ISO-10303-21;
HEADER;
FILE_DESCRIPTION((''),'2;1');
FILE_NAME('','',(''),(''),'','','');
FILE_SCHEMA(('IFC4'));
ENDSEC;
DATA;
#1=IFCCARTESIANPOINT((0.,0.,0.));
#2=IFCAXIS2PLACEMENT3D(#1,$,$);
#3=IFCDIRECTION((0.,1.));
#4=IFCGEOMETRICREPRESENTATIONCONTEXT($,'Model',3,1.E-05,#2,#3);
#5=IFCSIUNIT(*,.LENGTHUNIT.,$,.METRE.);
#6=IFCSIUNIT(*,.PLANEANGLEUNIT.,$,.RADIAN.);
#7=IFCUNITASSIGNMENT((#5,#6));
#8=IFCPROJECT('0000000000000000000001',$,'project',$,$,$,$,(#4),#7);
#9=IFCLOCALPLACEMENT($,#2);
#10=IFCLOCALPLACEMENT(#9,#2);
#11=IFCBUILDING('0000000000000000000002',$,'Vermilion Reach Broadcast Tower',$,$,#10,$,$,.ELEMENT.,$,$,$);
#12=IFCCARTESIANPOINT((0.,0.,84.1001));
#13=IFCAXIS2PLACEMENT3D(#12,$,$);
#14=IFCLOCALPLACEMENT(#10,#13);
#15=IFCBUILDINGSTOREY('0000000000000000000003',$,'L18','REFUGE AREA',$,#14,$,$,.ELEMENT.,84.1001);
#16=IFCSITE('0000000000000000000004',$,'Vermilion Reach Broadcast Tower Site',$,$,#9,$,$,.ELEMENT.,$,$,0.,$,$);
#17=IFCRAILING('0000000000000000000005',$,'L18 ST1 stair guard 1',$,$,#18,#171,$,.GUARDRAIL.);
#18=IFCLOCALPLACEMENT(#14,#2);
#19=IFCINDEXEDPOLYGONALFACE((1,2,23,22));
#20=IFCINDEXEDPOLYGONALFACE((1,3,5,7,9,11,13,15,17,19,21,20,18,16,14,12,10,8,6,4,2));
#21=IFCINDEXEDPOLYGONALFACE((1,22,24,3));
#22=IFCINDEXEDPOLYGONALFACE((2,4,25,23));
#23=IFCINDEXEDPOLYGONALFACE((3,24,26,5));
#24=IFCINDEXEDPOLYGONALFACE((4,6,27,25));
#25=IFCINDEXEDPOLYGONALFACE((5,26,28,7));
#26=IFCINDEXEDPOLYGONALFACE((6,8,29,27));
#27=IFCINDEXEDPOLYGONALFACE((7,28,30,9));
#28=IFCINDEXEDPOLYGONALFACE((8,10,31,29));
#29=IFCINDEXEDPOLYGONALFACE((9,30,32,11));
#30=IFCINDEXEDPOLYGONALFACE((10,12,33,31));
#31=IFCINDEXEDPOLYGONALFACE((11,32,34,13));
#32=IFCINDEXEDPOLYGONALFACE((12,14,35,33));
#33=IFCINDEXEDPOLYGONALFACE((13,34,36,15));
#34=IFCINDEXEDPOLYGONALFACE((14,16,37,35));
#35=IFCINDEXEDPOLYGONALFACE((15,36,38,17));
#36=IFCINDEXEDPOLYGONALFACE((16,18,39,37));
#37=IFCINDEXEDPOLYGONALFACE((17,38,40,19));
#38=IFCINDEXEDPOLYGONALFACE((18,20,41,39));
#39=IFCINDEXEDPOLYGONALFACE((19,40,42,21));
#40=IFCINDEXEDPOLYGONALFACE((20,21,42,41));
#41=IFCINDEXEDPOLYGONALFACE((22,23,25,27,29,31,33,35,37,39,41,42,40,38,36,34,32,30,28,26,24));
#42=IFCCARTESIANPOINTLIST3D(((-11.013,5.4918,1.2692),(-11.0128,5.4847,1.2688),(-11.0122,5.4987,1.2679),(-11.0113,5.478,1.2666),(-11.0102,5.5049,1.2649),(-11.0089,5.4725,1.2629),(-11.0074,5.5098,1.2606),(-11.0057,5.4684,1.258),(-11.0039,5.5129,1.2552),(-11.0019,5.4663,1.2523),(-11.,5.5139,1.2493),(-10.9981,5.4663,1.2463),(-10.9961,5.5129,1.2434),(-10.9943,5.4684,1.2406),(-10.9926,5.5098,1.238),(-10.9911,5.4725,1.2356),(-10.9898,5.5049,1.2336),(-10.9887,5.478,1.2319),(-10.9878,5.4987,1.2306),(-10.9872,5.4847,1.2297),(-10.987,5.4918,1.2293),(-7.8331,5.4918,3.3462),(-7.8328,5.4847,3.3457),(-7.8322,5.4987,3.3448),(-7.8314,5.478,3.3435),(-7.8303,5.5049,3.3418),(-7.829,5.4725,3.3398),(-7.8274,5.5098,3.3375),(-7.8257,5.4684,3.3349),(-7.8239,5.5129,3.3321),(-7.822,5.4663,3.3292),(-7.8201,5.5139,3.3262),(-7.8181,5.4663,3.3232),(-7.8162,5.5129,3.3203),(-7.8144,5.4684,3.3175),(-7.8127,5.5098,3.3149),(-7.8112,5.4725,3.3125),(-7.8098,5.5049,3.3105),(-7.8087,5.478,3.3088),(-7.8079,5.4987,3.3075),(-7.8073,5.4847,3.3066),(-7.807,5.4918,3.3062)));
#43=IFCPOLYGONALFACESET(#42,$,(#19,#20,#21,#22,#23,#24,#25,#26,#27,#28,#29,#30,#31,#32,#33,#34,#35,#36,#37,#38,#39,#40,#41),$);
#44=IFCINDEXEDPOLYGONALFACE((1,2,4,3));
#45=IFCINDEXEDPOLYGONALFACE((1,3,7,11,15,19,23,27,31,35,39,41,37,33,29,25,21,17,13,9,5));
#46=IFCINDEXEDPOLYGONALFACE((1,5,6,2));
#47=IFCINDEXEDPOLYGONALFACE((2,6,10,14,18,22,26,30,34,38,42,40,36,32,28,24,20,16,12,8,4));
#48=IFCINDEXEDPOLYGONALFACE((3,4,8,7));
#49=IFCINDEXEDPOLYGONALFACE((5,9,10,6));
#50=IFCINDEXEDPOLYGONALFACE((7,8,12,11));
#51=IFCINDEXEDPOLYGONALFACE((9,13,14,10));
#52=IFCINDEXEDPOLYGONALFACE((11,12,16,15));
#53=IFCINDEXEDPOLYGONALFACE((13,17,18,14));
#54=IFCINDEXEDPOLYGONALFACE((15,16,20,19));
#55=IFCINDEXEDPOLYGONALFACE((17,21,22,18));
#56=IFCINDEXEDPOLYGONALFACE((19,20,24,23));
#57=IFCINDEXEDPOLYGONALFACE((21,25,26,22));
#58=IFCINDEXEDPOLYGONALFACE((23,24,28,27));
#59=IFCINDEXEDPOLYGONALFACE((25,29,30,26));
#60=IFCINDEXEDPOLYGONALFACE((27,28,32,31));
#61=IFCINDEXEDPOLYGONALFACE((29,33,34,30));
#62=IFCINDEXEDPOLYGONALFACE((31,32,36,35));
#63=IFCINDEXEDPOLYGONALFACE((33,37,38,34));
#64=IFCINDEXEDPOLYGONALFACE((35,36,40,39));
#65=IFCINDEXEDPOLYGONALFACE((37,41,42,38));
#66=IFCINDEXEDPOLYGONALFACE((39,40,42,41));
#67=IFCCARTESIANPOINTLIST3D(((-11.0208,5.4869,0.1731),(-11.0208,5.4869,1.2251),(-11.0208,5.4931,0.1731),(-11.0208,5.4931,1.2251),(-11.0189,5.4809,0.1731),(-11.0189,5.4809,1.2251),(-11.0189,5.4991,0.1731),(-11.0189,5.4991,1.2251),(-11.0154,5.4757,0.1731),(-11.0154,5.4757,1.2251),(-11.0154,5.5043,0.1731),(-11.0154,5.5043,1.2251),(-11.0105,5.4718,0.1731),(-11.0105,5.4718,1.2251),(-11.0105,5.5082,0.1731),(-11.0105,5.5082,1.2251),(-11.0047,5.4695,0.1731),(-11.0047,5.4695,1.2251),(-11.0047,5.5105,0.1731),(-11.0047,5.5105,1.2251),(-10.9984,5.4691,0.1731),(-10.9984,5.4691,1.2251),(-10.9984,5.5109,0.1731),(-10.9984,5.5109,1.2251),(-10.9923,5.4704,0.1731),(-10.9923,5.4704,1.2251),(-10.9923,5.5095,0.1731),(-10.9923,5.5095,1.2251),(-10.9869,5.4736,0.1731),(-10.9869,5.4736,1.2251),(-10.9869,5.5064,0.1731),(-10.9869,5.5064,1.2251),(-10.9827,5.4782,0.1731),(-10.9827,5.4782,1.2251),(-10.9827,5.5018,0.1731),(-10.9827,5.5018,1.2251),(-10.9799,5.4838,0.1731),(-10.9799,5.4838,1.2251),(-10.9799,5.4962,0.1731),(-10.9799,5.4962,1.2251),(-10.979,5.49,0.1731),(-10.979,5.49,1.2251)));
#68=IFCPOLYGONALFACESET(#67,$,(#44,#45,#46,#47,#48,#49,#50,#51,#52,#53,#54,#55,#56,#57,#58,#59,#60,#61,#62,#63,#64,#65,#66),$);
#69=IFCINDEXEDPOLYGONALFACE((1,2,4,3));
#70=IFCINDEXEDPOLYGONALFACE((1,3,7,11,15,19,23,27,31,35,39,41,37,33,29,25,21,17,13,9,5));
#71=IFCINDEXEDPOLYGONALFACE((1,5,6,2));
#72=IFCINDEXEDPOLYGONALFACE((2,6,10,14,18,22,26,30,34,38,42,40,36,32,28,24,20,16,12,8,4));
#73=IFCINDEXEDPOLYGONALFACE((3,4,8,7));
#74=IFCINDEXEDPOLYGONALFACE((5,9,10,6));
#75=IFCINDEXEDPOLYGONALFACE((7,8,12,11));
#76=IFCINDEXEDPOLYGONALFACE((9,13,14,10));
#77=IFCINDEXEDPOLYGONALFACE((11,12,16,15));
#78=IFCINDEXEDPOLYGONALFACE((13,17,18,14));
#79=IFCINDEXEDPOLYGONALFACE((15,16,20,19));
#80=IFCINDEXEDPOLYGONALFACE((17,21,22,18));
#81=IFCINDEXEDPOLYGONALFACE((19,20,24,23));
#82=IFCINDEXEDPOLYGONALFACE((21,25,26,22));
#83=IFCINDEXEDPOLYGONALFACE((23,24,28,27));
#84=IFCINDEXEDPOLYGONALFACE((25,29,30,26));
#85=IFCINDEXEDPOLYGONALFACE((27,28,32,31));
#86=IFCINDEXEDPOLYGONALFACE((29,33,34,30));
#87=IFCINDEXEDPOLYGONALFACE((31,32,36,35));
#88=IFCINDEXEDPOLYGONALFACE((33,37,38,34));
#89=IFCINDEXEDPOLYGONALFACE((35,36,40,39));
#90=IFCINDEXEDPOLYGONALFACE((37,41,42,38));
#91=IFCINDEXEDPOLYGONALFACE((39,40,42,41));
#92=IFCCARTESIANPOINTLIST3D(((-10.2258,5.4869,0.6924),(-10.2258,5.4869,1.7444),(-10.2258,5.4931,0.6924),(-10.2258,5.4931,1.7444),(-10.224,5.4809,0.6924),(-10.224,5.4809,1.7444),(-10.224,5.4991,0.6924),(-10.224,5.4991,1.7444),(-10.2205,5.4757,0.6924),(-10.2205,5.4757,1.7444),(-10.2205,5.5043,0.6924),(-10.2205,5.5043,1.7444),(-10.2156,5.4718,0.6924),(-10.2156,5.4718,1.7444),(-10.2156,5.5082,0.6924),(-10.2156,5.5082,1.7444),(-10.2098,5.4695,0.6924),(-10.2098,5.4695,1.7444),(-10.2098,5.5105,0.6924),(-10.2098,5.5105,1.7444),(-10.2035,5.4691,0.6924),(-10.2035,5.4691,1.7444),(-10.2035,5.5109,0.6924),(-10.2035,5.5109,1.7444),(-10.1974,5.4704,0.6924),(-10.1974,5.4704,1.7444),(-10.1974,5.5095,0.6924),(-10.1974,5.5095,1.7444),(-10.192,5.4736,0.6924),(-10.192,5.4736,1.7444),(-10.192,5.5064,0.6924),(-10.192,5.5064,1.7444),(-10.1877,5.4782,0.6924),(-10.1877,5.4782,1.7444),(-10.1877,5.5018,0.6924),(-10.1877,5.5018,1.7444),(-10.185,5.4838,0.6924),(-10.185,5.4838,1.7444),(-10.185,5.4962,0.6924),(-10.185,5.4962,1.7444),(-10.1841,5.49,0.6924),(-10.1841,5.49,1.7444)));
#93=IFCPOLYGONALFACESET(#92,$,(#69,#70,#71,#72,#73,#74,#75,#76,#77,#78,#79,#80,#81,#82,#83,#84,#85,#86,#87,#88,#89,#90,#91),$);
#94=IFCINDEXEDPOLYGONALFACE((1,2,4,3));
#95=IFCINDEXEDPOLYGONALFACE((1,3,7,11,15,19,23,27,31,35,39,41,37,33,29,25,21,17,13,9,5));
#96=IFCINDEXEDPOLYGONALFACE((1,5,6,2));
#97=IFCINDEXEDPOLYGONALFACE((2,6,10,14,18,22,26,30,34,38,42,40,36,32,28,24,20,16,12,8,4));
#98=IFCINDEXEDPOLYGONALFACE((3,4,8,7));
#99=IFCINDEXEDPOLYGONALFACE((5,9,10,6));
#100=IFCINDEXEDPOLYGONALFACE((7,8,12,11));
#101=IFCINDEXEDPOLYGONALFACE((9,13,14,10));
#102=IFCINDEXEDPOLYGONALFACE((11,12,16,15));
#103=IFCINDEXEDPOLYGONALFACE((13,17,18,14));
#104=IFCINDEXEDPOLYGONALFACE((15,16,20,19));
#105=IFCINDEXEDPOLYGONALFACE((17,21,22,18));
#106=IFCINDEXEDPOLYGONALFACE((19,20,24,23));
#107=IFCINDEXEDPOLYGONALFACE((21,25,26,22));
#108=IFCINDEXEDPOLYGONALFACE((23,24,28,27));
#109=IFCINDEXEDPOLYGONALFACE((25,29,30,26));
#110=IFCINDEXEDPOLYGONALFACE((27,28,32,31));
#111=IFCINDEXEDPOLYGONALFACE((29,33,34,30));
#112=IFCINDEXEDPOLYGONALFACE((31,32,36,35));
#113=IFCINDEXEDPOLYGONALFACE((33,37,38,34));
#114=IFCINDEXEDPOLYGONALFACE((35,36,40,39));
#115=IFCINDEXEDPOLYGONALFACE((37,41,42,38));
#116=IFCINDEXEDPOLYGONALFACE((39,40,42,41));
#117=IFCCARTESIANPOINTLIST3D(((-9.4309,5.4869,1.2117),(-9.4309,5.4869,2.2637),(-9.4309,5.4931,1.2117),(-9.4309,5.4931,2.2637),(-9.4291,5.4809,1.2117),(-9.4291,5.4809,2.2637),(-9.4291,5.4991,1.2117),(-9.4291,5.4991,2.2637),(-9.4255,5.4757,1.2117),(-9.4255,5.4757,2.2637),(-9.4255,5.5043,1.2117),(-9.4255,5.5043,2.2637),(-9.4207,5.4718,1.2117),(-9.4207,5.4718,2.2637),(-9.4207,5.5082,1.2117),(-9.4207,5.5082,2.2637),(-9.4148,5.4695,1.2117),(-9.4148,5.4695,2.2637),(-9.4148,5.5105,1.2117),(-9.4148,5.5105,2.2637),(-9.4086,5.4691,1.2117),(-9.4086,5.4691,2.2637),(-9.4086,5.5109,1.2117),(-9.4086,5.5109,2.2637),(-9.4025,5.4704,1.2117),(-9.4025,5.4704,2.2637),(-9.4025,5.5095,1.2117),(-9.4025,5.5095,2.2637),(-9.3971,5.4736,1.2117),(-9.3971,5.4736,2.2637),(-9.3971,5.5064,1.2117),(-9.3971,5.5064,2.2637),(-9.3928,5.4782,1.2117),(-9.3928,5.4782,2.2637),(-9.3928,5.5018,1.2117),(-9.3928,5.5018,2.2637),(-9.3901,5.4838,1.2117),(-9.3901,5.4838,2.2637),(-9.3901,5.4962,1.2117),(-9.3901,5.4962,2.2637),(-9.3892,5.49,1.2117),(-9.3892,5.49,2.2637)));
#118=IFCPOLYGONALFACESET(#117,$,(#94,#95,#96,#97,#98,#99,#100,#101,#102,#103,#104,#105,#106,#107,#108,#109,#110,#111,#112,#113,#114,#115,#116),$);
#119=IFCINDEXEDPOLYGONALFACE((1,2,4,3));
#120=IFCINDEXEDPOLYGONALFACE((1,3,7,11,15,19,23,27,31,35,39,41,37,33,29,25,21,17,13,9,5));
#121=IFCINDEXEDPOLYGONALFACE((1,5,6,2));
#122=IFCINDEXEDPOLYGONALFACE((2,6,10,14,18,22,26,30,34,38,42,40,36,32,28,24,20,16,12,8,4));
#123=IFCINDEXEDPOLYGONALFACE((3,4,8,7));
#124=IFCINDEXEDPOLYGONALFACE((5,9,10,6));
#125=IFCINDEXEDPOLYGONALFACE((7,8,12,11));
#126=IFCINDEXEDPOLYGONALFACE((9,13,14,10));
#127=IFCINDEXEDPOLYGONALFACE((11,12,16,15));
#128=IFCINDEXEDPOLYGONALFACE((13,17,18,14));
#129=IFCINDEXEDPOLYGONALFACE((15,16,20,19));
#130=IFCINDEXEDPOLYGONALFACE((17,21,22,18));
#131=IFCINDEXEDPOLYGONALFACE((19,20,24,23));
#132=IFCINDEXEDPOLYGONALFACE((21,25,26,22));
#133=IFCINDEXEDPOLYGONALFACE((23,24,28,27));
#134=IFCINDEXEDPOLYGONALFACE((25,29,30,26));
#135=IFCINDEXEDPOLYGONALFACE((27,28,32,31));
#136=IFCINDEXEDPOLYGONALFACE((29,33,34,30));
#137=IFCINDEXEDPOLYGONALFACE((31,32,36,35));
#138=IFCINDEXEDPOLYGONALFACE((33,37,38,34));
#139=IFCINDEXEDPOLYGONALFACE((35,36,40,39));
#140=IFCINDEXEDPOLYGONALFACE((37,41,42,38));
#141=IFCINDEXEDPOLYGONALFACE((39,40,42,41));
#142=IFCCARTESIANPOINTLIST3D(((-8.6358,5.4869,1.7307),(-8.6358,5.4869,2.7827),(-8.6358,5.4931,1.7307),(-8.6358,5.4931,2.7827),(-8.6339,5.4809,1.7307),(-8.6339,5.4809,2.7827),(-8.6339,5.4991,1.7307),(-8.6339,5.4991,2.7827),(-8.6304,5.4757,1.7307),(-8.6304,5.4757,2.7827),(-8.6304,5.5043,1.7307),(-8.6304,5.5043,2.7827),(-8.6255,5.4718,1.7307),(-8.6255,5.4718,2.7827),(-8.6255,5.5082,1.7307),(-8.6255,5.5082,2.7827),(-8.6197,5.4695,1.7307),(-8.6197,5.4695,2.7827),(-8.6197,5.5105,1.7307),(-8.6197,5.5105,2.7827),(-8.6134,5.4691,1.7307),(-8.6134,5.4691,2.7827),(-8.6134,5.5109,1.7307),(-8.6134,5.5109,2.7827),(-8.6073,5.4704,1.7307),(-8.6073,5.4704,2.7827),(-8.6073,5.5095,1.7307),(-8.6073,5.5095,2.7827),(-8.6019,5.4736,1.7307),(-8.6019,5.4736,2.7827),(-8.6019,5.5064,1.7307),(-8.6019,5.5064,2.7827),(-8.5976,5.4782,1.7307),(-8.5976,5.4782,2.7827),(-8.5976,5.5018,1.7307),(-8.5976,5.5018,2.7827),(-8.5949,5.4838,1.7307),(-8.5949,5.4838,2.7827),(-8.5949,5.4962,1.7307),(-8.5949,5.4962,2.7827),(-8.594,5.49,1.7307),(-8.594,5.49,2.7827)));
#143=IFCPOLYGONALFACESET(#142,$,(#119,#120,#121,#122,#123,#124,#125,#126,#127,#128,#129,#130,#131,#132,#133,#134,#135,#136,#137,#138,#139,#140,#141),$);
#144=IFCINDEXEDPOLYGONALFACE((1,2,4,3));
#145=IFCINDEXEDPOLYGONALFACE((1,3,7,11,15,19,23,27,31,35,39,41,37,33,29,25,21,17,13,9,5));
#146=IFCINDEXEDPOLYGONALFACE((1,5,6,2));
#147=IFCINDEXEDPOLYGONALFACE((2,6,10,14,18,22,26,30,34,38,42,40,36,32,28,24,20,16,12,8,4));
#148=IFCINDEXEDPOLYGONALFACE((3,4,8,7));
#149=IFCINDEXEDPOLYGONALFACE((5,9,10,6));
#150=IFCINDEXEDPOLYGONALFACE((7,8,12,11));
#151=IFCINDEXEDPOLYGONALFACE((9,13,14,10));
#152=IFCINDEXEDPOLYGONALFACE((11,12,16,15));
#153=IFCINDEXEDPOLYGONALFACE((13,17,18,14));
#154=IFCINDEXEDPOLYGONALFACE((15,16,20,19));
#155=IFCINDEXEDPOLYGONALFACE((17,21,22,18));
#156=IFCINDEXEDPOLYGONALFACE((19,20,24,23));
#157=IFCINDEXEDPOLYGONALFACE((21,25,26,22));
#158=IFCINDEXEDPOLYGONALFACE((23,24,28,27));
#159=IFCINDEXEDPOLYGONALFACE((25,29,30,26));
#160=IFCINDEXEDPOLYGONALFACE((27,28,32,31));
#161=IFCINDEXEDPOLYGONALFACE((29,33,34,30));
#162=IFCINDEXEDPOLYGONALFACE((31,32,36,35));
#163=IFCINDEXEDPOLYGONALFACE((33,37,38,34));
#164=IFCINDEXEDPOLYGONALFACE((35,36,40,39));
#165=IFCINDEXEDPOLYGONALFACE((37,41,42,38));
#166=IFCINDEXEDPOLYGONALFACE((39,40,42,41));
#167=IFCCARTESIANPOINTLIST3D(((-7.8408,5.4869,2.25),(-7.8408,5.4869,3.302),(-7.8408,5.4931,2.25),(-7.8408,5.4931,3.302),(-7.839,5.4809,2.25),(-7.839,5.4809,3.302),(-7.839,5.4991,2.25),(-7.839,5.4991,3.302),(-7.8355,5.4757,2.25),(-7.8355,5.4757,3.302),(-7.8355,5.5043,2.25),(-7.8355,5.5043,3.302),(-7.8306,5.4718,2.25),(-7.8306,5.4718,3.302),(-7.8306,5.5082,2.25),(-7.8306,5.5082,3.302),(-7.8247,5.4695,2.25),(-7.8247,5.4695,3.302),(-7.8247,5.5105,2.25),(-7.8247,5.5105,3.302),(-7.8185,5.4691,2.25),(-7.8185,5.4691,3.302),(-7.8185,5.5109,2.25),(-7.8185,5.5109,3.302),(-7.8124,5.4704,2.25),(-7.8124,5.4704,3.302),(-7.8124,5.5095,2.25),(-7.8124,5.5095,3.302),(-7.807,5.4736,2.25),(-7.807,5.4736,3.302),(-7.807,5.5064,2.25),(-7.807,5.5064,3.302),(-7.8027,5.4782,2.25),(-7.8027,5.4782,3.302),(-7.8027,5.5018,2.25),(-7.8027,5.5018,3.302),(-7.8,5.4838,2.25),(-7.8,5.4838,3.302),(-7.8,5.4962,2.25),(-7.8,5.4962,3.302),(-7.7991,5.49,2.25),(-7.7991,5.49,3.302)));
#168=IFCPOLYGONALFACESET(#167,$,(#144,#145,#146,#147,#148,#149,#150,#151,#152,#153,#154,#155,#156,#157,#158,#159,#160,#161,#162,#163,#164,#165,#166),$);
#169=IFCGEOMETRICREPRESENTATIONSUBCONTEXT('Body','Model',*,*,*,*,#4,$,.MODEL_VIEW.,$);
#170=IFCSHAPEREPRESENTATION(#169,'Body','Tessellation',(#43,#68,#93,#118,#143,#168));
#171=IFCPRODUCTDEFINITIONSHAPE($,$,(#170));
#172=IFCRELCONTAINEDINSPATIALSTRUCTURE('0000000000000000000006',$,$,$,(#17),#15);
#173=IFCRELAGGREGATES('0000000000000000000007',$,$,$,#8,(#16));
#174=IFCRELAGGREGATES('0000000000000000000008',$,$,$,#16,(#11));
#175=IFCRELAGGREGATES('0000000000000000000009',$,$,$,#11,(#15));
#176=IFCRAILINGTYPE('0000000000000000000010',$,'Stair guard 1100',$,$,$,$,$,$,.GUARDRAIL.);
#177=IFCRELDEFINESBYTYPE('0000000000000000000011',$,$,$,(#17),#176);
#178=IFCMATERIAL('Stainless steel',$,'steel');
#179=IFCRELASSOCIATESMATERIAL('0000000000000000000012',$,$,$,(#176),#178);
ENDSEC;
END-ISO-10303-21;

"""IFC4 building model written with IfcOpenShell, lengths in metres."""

from ifc_helpers import new_model, si_unit, direction, frame, origin, origin_2d, place, context, subcontext, project, spatial, circle, extrude, material, type_object, element, save


model = new_model("IFC4")

# Units and contexts
model_context = context("Model", 3, precision=1e-05, world=origin(), true_north=direction((0.0, 1.0)))
body_context = subcontext(model_context, "Body", "Model", "MODEL_VIEW")
ifc_project = project(units=[si_unit("LENGTHUNIT", "METRE"), si_unit("PLANEANGLEUNIT", "RADIAN")], contexts=[model_context])

# Site, building, storey
site_placement = place(None, origin())
site = spatial("IfcSite", under=ifc_project, at=site_placement, Name="Vermilion Reach Broadcast Tower Site", CompositionType="ELEMENT", RefElevation=0.0)
building_placement = place(site_placement, origin())
building = spatial("IfcBuilding", under=site, at=building_placement, Name="Vermilion Reach Broadcast Tower", CompositionType="ELEMENT")
storey_placement = place(building_placement, frame((0.0, 0.0, 84.1001)))
storey = spatial("IfcBuildingStorey", under=building, at=storey_placement, Name="L18", Description="REFUGE AREA", CompositionType="ELEMENT", Elevation=84.1001)

# Railing
ifc_material_1 = material(Name="Stainless steel", Category="steel")
railing_type_1 = type_object("IfcRailingType", Name="Stair guard 1100", PredefinedType="GUARDRAIL", material=ifc_material_1)
railing_1_placement = place(storey_placement, frame((-11.0, 5.49, 0.1731)))
element("IfcRailing", 1, at=railing_1_placement, inside=storey, type_object=railing_type_1, Name="L18 ST1 stair guard 1", PredefinedType="GUARDRAIL", context=body_context, shape_type="SweptSolid", body=[
    extrude(circle(Radius=0.0239, at=origin_2d()), frame((0.0, 0.0, 1.0762), z_axis=(0.837245, 0.0, 0.546828), x_axis=(0.0, 1.0, 0.0)), (0.0, 0.0, 1.0), 3.7981),
    extrude(circle(Radius=0.021, at=origin_2d()), origin(), (0.0, 0.0, 1.0), 1.052),
    extrude(circle(Radius=0.021, at=origin_2d()), frame((0.7949, 0.0, 0.5193)), (0.0, 0.0, 1.0), 1.052),
    extrude(circle(Radius=0.021, at=origin_2d()), frame((1.5898, 0.0, 1.0386)), (0.0, 0.0, 1.0), 1.052),
    extrude(circle(Radius=0.021, at=origin_2d()), frame((2.385, 0.0, 1.5576)), (0.0, 0.0, 1.0), 1.052),
    extrude(circle(Radius=0.021, at=origin_2d()), frame((3.1799, 0.0, 2.0769)), (0.0, 0.0, 1.0), 1.052),
])

save(model, "model.ifc")
